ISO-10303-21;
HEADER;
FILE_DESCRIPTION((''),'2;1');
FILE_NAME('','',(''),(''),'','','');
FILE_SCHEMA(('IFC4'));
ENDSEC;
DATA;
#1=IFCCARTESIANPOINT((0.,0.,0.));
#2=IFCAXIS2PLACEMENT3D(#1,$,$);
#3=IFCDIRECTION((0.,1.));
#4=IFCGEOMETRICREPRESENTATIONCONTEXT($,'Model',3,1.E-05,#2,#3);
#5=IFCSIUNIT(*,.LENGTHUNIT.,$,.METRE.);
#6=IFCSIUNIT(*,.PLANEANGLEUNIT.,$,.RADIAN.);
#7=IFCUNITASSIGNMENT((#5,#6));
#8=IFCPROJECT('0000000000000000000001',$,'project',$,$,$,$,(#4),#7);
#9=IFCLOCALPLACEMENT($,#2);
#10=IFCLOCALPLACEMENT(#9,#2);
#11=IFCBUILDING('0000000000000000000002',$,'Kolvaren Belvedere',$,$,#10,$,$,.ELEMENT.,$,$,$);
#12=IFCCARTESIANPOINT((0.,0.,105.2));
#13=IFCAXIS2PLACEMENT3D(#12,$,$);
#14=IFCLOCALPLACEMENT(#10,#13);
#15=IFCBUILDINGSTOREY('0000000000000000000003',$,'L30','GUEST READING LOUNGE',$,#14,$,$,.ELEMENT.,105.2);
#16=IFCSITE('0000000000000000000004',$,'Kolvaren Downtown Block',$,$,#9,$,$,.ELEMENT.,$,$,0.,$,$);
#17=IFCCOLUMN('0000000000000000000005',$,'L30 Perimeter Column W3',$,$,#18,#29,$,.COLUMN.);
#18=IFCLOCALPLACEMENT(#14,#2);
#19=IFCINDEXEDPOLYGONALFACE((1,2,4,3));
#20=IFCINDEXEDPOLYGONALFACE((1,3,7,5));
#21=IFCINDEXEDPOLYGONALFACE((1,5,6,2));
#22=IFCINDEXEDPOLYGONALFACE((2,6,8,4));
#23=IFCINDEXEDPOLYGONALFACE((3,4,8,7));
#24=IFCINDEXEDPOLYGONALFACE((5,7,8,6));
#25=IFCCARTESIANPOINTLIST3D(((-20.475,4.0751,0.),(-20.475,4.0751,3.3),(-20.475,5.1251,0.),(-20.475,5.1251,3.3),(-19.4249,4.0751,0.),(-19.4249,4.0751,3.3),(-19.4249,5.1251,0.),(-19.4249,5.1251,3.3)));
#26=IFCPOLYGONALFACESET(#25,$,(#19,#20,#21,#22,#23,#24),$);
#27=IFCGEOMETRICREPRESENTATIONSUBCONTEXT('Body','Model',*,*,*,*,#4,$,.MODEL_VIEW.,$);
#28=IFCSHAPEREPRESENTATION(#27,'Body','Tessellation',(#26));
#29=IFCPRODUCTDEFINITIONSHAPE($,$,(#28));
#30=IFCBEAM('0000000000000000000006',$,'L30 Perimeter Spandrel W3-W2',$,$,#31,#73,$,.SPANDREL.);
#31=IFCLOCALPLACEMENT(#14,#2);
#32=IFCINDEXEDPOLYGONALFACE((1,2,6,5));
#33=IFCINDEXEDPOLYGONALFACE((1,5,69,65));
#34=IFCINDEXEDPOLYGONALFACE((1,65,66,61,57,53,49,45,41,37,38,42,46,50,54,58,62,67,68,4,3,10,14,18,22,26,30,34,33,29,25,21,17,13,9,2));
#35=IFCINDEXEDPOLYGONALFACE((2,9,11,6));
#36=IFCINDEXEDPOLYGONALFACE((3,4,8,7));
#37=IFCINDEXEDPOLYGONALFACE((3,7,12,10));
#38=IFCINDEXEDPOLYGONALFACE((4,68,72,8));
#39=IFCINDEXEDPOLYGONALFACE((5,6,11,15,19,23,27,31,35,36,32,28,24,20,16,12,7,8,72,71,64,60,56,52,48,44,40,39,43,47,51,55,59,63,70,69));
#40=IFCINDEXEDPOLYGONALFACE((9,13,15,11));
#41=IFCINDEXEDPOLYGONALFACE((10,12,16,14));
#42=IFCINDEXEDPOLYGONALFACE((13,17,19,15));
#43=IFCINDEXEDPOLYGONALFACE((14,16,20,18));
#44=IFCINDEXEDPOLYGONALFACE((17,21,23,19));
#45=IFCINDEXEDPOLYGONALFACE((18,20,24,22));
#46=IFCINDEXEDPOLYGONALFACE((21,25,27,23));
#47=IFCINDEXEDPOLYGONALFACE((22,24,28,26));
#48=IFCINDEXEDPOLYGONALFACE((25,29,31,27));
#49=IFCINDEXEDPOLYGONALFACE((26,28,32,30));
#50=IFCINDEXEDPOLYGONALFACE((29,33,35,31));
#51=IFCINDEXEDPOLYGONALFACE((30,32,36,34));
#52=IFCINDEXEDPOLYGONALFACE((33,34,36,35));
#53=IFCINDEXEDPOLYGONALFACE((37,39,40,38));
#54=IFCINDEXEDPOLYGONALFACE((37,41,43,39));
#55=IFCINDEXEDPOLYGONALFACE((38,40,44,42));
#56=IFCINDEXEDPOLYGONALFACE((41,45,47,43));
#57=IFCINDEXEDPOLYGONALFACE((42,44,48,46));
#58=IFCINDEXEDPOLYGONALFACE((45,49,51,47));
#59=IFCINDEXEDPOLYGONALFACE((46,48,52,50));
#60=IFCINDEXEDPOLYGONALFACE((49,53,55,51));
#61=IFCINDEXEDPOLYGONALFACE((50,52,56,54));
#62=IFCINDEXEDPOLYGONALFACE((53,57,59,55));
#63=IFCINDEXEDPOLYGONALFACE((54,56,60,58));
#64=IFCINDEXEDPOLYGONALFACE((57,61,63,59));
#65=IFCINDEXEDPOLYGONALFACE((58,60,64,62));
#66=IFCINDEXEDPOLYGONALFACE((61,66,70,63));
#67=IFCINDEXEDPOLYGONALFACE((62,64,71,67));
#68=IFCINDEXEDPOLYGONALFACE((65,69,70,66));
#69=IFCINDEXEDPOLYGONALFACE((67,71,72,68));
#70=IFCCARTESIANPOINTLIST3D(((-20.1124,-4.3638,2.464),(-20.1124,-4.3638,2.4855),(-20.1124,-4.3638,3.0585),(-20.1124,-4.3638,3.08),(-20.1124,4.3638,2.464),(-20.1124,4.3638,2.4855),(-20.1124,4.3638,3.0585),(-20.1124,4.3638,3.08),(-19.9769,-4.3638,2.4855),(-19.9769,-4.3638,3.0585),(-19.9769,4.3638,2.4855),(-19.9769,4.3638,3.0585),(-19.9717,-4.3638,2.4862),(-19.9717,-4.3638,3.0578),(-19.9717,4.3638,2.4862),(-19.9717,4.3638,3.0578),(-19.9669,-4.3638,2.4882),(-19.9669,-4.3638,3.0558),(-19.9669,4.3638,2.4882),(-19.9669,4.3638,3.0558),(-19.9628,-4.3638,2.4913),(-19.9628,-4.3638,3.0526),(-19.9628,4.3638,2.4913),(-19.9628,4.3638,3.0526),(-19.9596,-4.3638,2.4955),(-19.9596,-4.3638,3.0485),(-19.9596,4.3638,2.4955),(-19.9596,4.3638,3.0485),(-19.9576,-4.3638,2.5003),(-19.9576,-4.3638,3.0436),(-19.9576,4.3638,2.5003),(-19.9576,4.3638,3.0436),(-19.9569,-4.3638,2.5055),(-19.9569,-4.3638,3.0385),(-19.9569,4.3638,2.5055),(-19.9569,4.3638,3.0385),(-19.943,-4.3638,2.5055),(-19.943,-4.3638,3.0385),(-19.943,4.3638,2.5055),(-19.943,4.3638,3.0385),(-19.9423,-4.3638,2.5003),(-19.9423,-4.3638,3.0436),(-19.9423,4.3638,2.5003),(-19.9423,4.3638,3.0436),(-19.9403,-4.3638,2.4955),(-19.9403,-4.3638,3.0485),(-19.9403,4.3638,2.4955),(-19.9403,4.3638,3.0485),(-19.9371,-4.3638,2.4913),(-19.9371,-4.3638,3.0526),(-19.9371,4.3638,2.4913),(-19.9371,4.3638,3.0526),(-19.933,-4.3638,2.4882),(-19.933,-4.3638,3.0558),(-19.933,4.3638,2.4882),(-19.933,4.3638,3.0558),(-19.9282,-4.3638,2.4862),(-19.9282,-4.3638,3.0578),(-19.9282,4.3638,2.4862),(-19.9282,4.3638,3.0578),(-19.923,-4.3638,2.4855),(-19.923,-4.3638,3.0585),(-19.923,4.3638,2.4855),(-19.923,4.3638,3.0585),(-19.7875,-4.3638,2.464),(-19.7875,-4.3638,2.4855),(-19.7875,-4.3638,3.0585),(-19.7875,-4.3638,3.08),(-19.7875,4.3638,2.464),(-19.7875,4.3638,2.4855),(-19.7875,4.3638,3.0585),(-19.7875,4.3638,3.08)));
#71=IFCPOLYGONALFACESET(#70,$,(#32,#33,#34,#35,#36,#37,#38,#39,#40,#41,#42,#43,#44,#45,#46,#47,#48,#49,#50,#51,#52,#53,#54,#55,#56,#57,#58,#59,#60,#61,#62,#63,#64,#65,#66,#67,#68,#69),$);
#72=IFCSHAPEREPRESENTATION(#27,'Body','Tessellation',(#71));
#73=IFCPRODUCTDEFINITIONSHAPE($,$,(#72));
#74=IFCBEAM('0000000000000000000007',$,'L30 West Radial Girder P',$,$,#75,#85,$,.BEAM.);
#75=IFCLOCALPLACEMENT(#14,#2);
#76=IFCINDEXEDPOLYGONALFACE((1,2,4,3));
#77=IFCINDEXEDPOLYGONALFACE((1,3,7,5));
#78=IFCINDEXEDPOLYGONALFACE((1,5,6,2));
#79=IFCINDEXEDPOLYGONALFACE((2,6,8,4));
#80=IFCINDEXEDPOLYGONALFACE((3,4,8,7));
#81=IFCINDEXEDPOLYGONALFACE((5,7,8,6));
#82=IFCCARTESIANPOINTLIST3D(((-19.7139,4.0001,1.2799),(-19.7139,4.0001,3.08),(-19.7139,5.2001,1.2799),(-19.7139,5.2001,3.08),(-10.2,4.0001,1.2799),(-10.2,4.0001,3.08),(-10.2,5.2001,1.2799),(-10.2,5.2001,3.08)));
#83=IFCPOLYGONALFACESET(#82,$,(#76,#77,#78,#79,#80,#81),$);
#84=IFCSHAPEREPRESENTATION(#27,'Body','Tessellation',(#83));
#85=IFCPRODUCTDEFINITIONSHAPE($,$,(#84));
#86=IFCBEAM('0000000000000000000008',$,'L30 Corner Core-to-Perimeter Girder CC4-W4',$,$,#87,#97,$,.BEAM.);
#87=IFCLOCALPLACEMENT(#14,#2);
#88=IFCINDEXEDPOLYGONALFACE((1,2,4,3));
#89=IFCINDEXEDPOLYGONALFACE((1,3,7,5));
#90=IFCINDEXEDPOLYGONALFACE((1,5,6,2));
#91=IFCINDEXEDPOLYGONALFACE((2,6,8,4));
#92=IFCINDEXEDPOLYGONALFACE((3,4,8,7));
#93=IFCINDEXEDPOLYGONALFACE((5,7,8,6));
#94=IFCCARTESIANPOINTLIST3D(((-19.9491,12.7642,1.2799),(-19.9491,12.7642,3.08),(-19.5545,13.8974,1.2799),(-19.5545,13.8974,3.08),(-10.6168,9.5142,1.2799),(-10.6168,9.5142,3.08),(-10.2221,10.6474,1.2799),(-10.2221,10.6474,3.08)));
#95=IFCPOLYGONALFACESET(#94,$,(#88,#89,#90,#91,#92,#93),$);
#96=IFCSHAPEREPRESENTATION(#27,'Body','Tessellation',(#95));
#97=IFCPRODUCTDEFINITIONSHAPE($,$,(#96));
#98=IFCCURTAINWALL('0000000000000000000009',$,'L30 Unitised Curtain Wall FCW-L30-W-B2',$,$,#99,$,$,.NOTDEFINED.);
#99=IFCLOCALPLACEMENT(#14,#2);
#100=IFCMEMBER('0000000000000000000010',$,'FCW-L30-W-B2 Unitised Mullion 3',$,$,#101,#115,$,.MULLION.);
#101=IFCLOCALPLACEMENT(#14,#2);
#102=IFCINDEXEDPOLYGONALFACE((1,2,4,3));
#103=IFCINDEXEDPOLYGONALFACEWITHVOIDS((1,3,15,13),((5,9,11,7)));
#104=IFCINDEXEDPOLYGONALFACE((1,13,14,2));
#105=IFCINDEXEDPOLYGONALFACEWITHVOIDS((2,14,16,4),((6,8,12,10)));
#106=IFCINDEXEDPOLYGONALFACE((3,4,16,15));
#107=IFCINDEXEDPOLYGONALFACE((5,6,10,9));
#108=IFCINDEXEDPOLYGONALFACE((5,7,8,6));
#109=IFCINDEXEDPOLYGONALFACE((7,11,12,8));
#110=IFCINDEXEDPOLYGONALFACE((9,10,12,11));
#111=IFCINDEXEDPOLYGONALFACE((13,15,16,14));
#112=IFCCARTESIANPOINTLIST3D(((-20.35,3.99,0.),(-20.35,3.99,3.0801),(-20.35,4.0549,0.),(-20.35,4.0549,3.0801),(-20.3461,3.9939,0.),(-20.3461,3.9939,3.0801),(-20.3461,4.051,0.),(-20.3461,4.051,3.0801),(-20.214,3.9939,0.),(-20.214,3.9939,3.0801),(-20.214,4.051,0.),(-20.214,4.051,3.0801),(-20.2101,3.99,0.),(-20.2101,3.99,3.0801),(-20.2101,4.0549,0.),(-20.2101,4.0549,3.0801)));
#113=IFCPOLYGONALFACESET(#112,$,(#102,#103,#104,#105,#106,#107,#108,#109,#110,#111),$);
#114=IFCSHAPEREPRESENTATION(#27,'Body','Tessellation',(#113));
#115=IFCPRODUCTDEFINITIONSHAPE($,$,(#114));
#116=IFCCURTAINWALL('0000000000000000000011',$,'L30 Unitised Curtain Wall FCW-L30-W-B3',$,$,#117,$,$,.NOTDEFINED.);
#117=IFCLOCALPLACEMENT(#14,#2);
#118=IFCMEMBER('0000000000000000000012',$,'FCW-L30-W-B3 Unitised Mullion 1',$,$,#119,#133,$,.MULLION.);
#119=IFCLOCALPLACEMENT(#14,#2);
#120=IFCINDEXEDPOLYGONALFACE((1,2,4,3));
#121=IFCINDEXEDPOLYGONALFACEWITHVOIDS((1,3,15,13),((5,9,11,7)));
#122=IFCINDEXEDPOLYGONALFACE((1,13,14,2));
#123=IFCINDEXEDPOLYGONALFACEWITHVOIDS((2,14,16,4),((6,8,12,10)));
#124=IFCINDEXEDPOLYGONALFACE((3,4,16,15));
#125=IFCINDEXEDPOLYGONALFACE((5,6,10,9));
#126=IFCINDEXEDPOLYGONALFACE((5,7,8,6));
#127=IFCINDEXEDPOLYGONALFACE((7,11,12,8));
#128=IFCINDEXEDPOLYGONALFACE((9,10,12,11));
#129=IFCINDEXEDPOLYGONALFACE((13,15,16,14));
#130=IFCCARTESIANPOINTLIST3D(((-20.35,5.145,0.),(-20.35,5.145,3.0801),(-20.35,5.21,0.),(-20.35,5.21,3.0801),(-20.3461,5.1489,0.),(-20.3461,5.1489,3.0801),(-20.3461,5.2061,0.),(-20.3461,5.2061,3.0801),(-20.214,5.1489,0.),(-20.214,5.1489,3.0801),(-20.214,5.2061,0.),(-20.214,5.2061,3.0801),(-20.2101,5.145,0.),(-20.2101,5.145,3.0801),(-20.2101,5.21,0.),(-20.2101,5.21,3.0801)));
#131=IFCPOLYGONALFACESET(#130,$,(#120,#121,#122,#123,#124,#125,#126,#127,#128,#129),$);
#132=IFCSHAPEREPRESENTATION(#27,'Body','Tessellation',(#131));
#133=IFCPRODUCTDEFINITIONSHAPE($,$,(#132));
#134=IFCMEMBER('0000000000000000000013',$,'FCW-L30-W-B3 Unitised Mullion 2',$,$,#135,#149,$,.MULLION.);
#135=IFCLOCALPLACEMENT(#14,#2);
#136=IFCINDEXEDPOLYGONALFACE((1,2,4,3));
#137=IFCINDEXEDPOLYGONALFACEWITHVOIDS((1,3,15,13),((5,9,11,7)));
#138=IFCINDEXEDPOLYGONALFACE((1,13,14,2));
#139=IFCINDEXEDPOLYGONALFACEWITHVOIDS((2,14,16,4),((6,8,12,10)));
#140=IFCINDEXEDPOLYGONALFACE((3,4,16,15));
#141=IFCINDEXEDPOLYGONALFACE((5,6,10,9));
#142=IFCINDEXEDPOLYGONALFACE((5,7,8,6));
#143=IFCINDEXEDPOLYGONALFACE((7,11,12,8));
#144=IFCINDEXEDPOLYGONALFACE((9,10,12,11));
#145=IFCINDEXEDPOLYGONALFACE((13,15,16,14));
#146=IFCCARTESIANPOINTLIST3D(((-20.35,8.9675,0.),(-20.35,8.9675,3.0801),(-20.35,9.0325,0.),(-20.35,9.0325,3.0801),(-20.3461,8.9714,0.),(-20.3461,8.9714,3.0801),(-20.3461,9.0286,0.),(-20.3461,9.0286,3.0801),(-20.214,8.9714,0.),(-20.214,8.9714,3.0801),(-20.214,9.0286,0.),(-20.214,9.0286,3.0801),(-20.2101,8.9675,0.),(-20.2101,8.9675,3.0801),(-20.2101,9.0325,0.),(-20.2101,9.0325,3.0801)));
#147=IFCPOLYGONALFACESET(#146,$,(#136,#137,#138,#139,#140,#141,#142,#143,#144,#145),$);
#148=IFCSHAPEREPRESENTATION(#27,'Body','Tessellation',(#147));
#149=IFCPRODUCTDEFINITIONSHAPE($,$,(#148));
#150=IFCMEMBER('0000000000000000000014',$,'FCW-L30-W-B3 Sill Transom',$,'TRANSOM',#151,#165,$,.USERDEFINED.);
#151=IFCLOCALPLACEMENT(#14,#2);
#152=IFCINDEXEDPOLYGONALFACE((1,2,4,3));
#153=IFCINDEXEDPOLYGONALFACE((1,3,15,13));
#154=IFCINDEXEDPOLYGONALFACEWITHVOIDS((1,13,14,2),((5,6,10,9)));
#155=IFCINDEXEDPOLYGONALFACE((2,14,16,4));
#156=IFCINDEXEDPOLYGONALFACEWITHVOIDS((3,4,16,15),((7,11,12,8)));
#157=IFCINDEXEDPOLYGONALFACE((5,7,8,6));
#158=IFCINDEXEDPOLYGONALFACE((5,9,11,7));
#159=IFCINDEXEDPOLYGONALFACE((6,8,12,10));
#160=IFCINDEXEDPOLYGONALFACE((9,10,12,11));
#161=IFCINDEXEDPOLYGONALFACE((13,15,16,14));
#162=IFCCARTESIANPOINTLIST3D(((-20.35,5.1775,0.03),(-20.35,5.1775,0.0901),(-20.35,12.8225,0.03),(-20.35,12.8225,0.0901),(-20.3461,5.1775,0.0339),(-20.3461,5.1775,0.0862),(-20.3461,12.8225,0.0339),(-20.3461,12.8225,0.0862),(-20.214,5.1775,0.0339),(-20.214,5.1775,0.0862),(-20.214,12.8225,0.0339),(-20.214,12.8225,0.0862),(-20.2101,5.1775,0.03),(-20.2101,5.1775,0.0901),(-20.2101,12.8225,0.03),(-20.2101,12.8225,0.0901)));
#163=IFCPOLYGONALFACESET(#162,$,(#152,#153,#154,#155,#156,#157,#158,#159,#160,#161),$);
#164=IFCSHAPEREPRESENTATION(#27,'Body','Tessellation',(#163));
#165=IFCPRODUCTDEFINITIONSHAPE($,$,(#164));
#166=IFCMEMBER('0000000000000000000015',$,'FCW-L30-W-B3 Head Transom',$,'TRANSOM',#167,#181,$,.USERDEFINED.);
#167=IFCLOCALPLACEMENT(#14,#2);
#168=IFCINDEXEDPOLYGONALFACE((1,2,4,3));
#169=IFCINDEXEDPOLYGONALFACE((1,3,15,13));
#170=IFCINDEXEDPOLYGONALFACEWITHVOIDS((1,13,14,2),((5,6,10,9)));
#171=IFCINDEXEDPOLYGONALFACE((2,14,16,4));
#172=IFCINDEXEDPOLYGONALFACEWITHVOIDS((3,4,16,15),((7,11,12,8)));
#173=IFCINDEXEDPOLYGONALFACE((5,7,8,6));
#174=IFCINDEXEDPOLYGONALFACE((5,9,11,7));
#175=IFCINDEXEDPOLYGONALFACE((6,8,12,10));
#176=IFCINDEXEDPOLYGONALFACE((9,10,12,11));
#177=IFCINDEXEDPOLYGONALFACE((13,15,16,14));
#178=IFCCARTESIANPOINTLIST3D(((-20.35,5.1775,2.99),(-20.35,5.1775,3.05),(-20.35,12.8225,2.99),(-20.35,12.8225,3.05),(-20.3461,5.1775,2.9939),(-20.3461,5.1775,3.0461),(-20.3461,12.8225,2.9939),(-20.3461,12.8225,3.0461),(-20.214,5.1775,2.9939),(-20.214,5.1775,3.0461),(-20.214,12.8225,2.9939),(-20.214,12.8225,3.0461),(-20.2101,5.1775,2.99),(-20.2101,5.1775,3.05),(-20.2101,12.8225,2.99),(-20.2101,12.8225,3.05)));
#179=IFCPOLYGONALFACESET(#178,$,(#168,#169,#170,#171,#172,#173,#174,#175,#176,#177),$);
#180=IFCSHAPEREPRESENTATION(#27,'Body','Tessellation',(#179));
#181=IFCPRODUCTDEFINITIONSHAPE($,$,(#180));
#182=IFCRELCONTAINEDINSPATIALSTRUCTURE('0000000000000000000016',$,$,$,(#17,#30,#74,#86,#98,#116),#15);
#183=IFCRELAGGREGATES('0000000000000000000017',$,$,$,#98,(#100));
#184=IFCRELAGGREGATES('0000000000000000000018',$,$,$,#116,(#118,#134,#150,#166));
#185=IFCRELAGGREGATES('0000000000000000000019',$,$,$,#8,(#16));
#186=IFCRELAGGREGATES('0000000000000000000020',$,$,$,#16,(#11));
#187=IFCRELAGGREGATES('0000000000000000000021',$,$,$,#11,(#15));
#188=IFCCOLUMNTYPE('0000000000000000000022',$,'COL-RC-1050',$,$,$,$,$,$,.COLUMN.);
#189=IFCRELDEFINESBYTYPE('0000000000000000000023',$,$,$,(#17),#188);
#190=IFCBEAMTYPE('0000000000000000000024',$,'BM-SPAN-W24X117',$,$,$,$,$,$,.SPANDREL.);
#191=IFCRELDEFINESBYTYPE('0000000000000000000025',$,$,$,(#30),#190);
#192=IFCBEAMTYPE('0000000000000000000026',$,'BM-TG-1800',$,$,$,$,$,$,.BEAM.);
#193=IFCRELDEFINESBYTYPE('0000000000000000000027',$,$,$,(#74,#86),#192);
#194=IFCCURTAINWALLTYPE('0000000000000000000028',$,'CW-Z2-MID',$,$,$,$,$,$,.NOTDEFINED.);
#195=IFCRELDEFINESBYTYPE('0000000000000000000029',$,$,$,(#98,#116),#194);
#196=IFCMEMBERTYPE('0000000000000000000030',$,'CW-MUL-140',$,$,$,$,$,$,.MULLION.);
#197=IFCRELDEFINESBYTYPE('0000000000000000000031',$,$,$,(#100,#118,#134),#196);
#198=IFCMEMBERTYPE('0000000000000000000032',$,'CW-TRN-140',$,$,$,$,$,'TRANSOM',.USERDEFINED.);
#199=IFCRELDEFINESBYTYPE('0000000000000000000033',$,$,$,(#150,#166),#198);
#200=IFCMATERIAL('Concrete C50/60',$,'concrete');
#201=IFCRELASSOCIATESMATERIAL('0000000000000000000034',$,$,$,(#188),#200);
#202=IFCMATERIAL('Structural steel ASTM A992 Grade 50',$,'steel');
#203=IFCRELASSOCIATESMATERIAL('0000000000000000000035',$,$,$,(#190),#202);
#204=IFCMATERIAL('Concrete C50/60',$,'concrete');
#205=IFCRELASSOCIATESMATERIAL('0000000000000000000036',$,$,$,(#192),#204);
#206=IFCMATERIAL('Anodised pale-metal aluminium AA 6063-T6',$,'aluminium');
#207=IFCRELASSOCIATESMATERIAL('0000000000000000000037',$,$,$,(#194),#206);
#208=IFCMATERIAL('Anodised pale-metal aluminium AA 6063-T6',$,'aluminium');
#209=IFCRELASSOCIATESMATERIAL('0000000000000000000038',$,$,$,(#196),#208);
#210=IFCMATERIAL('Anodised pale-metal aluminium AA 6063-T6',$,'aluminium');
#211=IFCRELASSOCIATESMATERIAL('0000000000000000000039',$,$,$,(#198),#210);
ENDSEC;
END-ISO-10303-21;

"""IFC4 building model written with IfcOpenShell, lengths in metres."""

from ifc_helpers import new_model, si_unit, direction, frame, origin, origin_2d, place, context, subcontext, project, spatial, rectangle, hollow_rectangle, i_section, extrude, material, material_profile, profile_set, type_object, element, aggregate, save


model = new_model("IFC4")

# Units and contexts
model_context = context("Model", 3, precision=1e-05, world=origin(), true_north=direction((0.0, 1.0)))
body_context = subcontext(model_context, "Body", "Model", "MODEL_VIEW")
ifc_project = project(units=[si_unit("LENGTHUNIT", "METRE"), si_unit("PLANEANGLEUNIT", "RADIAN")], contexts=[model_context])

# Site, building, storey
site_placement = place(None, origin())
site = spatial("IfcSite", under=ifc_project, at=site_placement, Name="Kolvaren Downtown Block", CompositionType="ELEMENT", RefElevation=0.0)
building_placement = place(site_placement, origin())
building = spatial("IfcBuilding", under=site, at=building_placement, Name="Kolvaren Belvedere", CompositionType="ELEMENT")
storey_placement = place(building_placement, frame((0.0, 0.0, 105.2)))
storey = spatial("IfcBuildingStorey", under=building, at=storey_placement, Name="L30", Description="GUEST READING LOUNGE", CompositionType="ELEMENT", Elevation=105.2)

# Column
ifc_material_1 = material(Name="Concrete C50/60", Category="concrete")
ifc_material_profile_1 = material_profile(ifc_material_1, rectangle(XDim=1.05, YDim=1.05, at=origin_2d()), Name="RC 1050X1050")
ifc_profile_set_1 = profile_set([ifc_material_profile_1], Name="Concrete C50/60")
column_type = type_object("IfcColumnType", Name="COL-RC-1050", PredefinedType="COLUMN", material=ifc_profile_set_1)
column_placement = place(storey_placement, frame((-19.95, 4.6001, 0.0), z_axis=(0.0, 0.0, 1.0), x_axis=(1.0, 0.0, 0.0)))
element("IfcColumn", 1, at=column_placement, inside=storey, type_object=column_type, Name="L30 Perimeter Column W3", PredefinedType="COLUMN", context=body_context, shape_type="SweptSolid", body=[
    extrude(rectangle(XDim=1.05, YDim=1.05, at=origin_2d()), origin(), (0.0, 0.0, 1.0), 3.3),
])

# Beams
ifc_material_2 = material(Name="Structural steel ASTM A992 Grade 50", Category="steel")
ifc_material_profile_2 = material_profile(ifc_material_2, i_section(OverallWidth=0.325, OverallDepth=0.616, WebThickness=0.0139, FlangeThickness=0.0215, FilletRadius=0.02, at=origin_2d()), Name="W24X117")
ifc_profile_set_2 = profile_set([ifc_material_profile_2], Name="Structural steel ASTM A992 Grade 50")
beam_type_1 = type_object("IfcBeamType", Name="BM-SPAN-W24X117", PredefinedType="SPANDREL", material=ifc_profile_set_2)
beam_1_placement = place(storey_placement, frame((-19.95, 4.3638, 2.772), z_axis=(0.0, -1.0, 0.0), x_axis=(1.0, 0.0, 0.0)))
element("IfcBeam", 2, at=beam_1_placement, inside=storey, type_object=beam_type_1, Name="L30 Perimeter Spandrel W3-W2", PredefinedType="SPANDREL", context=body_context, shape_type="SweptSolid", body=[
    extrude(i_section(OverallWidth=0.325, OverallDepth=0.616, WebThickness=0.0139, FlangeThickness=0.0215, FilletRadius=0.02, at=origin_2d()), origin(), (0.0, 0.0, 1.0), 8.7275),
])
ifc_material_3 = material(Name="Concrete C50/60", Category="concrete")
ifc_material_profile_3 = material_profile(ifc_material_3, rectangle(XDim=1.2, YDim=1.8, at=origin_2d()), Name="RC 1200X1800")
ifc_profile_set_3 = profile_set([ifc_material_profile_3], Name="Concrete C50/60")
beam_type_2 = type_object("IfcBeamType", Name="BM-TG-1800", PredefinedType="BEAM", material=ifc_profile_set_3)
beam_2_placement = place(storey_placement, frame((-10.2, 4.6001, 2.1799), z_axis=(-1.0, 0.0, 0.0), x_axis=(0.0, -1.0, 0.0)))
element("IfcBeam", 3, at=beam_2_placement, inside=storey, type_object=beam_type_2, Name="L30 West Radial Girder P", PredefinedType="BEAM", context=body_context, shape_type="SweptSolid", body=[
    extrude(rectangle(XDim=1.2, YDim=1.8, at=origin_2d()), origin(), (0.0, 0.0, 1.0), 9.5139),
])
beam_3_placement = place(storey_placement, frame((-10.4194, 10.0808, 2.1799), z_axis=(-0.944371, 0.328881, 0.0), x_axis=(-0.328881, -0.944371, 0.0)))
element("IfcBeam", 4, at=beam_3_placement, inside=storey, type_object=beam_type_2, Name="L30 Corner Core-to-Perimeter Girder CC4-W4", PredefinedType="BEAM", context=body_context, shape_type="SweptSolid", body=[
    extrude(rectangle(XDim=1.2, YDim=1.8, at=origin_2d()), origin(), (0.0, 0.0, 1.0), 9.8821),
])

# Curtain wall, member
ifc_material_4 = material(Name="Anodised pale-metal aluminium AA 6063-T6", Category="aluminium")
curtain_wall_type = type_object("IfcCurtainWallType", Name="CW-Z2-MID", PredefinedType="NOTDEFINED", material=ifc_material_4)
curtain_wall_1_placement = place(storey_placement, origin())
curtain_wall_1 = element("IfcCurtainWall", 5, at=curtain_wall_1_placement, inside=storey, type_object=curtain_wall_type, Name="L30 Unitised Curtain Wall FCW-L30-W-B2", PredefinedType="NOTDEFINED")
ifc_material_5 = material(Name="Anodised pale-metal aluminium AA 6063-T6", Category="aluminium")
ifc_material_profile_4 = material_profile(ifc_material_5, hollow_rectangle(XDim=0.0649, YDim=0.1399, WallThickness=0.0039, at=origin_2d()), Name="ALU-MUL-140X65")
ifc_profile_set_4 = profile_set([ifc_material_profile_4], Name="Anodised pale-metal aluminium AA 6063-T6")
member_type_1 = type_object("IfcMemberType", Name="CW-MUL-140", PredefinedType="MULLION", material=ifc_profile_set_4)
member_1_placement = place(storey_placement, frame((-20.28, 4.0225, 0.0), z_axis=(0.0, 0.0, 1.0), x_axis=(0.0, 1.0, 0.0)))
member_1 = element("IfcMember", 6, at=member_1_placement, type_object=member_type_1, Name="FCW-L30-W-B2 Unitised Mullion 3", PredefinedType="MULLION", context=body_context, shape_type="SweptSolid", body=[
    extrude(hollow_rectangle(XDim=0.0649, YDim=0.1399, WallThickness=0.0039, at=origin_2d()), origin(), (0.0, 0.0, 1.0), 3.0801),
])

# Curtain wall, members
curtain_wall_2_placement = place(storey_placement, origin())
curtain_wall_2 = element("IfcCurtainWall", 7, at=curtain_wall_2_placement, inside=storey, type_object=curtain_wall_type, Name="L30 Unitised Curtain Wall FCW-L30-W-B3", PredefinedType="NOTDEFINED")
member_2_placement = place(storey_placement, frame((-20.28, 5.1775, 0.0), z_axis=(0.0, 0.0, 1.0), x_axis=(0.0, 1.0, 0.0)))
member_2 = element("IfcMember", 8, at=member_2_placement, type_object=member_type_1, Name="FCW-L30-W-B3 Unitised Mullion 1", PredefinedType="MULLION", context=body_context, shape_type="SweptSolid", body=[
    extrude(hollow_rectangle(XDim=0.0649, YDim=0.1399, WallThickness=0.0039, at=origin_2d()), origin(), (0.0, 0.0, 1.0), 3.0801),
])
member_3_placement = place(storey_placement, frame((-20.28, 9.0, 0.0), z_axis=(0.0, 0.0, 1.0), x_axis=(0.0, 1.0, 0.0)))
member_3 = element("IfcMember", 9, at=member_3_placement, type_object=member_type_1, Name="FCW-L30-W-B3 Unitised Mullion 2", PredefinedType="MULLION", context=body_context, shape_type="SweptSolid", body=[
    extrude(hollow_rectangle(XDim=0.0649, YDim=0.1399, WallThickness=0.0039, at=origin_2d()), origin(), (0.0, 0.0, 1.0), 3.0801),
])
ifc_material_6 = material(Name="Anodised pale-metal aluminium AA 6063-T6", Category="aluminium")
ifc_material_profile_5 = material_profile(ifc_material_6, hollow_rectangle(XDim=0.0601, YDim=0.1399, WallThickness=0.0039, at=origin_2d()), Name="ALU-TRN-140X60")
ifc_profile_set_5 = profile_set([ifc_material_profile_5], Name="Anodised pale-metal aluminium AA 6063-T6")
member_type_2 = type_object("IfcMemberType", Name="CW-TRN-140", ElementType="TRANSOM", PredefinedType="USERDEFINED", material=ifc_profile_set_5)
member_4_placement = place(storey_placement, frame((-20.28, 5.1775, 0.0601), z_axis=(0.0, 1.0, 0.0), x_axis=(0.0, 0.0, 1.0)))
member_4 = element("IfcMember", 10, at=member_4_placement, type_object=member_type_2, Name="FCW-L30-W-B3 Sill Transom", ObjectType="TRANSOM", PredefinedType="USERDEFINED", context=body_context, shape_type="SweptSolid", body=[
    extrude(hollow_rectangle(XDim=0.0601, YDim=0.1399, WallThickness=0.0039, at=origin_2d()), origin(), (0.0, 0.0, 1.0), 7.645),
])
member_5_placement = place(storey_placement, frame((-20.28, 5.1775, 3.02), z_axis=(0.0, 1.0, 0.0), x_axis=(0.0, 0.0, 1.0)))
member_5 = element("IfcMember", 11, at=member_5_placement, type_object=member_type_2, Name="FCW-L30-W-B3 Head Transom", ObjectType="TRANSOM", PredefinedType="USERDEFINED", context=body_context, shape_type="SweptSolid", body=[
    extrude(hollow_rectangle(XDim=0.0601, YDim=0.1399, WallThickness=0.0039, at=origin_2d()), origin(), (0.0, 0.0, 1.0), 7.645),
])

aggregate(curtain_wall_1, [member_1])
aggregate(curtain_wall_2, [member_2, member_3, member_4, member_5])

save(model, "model.ifc")
